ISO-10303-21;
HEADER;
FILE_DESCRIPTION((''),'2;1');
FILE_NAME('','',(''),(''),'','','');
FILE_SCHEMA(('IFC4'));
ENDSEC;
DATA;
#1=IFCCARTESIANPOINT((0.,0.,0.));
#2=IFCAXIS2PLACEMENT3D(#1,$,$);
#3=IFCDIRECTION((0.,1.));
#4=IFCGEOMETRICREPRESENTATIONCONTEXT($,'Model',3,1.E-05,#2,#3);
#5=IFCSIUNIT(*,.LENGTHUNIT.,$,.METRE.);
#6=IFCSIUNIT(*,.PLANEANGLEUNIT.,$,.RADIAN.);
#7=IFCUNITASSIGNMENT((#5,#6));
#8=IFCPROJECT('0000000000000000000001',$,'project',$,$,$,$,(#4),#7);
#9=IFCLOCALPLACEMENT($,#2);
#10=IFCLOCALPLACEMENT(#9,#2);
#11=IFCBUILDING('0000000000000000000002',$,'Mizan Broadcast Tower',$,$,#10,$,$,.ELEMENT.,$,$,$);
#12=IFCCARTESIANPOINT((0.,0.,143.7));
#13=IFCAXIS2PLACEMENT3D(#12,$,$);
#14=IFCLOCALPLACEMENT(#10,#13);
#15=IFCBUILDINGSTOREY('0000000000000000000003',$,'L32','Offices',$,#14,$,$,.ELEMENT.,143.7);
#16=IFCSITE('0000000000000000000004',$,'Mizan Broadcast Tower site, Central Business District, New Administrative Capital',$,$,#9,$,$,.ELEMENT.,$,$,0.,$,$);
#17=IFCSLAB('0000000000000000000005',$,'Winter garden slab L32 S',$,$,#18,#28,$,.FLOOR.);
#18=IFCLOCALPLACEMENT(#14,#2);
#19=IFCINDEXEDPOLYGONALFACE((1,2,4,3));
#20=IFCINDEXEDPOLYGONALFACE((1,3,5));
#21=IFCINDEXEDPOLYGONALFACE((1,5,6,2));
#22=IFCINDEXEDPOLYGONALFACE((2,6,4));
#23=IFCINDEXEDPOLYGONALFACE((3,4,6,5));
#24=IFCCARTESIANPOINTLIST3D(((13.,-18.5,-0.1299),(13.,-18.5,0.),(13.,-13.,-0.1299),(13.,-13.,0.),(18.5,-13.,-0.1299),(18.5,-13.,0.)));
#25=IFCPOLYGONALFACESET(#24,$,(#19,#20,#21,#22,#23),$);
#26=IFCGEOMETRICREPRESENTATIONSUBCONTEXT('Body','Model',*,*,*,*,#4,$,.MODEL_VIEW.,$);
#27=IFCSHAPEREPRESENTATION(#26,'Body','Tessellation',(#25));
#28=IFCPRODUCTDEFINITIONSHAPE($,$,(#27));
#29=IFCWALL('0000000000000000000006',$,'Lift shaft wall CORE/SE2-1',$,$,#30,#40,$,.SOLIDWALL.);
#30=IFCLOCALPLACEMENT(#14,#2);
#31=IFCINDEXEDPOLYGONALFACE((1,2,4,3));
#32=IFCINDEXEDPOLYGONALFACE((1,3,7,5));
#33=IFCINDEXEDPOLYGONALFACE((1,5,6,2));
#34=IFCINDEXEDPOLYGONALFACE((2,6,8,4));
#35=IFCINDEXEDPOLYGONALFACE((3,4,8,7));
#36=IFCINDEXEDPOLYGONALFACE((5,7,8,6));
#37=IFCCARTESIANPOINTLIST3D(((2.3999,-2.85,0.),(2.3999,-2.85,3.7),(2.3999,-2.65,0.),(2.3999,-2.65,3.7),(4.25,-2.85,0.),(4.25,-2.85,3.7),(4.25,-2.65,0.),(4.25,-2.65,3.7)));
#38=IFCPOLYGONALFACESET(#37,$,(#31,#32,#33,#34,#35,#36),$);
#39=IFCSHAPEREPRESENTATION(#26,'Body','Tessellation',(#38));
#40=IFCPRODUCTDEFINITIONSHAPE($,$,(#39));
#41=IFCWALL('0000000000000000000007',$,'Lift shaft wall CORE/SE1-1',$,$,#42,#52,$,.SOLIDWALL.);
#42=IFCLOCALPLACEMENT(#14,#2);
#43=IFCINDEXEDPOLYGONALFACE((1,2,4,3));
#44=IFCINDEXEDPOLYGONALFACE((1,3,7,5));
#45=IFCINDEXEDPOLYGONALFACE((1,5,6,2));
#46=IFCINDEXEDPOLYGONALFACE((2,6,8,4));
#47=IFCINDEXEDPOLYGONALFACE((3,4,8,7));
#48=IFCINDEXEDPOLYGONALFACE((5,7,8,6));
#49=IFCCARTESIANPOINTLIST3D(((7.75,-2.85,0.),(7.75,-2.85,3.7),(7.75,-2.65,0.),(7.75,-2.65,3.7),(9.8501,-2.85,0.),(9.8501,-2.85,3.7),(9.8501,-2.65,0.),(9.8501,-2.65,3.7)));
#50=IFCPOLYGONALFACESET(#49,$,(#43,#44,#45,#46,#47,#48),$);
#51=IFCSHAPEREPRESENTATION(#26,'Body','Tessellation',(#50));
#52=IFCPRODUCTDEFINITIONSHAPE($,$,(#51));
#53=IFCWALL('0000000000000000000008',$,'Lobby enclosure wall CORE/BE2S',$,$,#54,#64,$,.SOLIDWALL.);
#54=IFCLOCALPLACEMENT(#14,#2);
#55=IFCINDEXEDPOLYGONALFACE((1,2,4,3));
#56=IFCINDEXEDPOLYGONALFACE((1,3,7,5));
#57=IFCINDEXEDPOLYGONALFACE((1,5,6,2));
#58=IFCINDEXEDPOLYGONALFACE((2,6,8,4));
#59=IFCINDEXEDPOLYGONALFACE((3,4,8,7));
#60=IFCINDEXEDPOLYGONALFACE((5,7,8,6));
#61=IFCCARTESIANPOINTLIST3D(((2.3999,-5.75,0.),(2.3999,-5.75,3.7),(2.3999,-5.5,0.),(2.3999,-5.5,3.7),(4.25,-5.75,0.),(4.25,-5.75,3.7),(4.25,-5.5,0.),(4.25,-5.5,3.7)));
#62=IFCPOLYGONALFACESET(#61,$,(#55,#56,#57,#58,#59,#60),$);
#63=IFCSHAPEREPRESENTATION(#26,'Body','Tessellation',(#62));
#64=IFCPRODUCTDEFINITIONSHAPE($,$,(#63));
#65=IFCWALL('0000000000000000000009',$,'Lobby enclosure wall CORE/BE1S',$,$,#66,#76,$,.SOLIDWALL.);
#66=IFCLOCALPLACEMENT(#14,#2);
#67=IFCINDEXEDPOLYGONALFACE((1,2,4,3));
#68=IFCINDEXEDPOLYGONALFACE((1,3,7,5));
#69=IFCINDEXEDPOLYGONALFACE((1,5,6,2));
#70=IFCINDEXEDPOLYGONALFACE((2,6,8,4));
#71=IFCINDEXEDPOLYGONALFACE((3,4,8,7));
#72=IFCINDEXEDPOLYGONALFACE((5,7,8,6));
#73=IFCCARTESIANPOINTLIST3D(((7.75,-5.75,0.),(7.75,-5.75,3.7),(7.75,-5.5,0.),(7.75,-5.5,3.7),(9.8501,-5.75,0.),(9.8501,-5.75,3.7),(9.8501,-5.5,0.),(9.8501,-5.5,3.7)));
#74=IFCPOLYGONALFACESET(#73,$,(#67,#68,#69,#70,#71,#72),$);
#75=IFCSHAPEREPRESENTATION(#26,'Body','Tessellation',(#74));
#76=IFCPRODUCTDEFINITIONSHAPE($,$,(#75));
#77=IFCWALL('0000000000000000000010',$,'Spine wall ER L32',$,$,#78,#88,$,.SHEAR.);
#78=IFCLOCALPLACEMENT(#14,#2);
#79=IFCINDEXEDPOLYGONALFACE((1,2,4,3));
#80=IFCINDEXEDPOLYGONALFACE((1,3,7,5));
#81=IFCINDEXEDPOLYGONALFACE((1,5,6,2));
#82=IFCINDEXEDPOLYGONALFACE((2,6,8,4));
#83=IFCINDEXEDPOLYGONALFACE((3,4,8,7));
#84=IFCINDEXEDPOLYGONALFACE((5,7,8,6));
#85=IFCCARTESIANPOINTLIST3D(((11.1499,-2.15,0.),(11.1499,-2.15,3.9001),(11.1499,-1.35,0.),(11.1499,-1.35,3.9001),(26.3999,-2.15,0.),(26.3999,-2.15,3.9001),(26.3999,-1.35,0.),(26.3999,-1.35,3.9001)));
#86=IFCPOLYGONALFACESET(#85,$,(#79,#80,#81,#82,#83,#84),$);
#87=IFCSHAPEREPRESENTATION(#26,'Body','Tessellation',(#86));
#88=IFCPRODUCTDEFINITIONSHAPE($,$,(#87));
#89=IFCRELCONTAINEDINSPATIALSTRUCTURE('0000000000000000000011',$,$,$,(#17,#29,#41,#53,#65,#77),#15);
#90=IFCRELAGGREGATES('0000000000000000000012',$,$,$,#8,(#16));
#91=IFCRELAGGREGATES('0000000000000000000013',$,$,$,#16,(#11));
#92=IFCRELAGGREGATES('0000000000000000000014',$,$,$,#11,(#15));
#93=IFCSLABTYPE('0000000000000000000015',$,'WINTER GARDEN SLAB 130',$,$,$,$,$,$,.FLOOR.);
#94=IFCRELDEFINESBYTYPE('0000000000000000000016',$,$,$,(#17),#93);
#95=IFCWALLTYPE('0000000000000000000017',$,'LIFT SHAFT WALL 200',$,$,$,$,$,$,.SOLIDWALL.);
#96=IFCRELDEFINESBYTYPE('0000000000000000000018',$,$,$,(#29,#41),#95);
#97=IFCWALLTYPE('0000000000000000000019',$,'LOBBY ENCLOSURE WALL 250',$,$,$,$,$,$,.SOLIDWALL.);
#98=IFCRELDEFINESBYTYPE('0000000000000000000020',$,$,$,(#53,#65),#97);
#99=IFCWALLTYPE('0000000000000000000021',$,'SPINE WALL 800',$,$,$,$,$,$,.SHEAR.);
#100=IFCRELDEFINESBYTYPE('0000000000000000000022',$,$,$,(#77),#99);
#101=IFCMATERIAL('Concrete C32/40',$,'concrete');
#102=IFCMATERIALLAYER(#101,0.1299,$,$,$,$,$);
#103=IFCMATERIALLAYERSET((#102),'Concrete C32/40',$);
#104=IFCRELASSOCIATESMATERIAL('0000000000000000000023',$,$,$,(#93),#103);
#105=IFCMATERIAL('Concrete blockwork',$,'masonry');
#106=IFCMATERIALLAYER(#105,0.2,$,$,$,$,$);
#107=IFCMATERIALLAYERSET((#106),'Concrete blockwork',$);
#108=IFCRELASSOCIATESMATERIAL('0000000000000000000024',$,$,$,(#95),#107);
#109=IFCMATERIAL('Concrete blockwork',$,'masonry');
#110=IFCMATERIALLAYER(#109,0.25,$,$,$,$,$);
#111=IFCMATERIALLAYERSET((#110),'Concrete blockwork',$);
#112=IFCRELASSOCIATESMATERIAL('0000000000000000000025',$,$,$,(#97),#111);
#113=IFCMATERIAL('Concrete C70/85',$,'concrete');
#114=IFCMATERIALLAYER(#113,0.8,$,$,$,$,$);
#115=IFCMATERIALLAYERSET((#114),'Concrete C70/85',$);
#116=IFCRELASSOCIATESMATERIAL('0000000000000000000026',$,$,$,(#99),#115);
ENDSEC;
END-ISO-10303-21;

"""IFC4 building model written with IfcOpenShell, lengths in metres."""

from ifc_helpers import new_model, si_unit, direction, frame, frame_2d, origin, place, context, subcontext, project, spatial, polyline, rectangle, outline, extrude, material, layer, layer_set, type_object, element, save


model = new_model("IFC4")

# Units and contexts
model_context = context("Model", 3, precision=1e-05, world=origin(), true_north=direction((0.0, 1.0)))
body_context = subcontext(model_context, "Body", "Model", "MODEL_VIEW")
ifc_project = project(units=[si_unit("LENGTHUNIT", "METRE"), si_unit("PLANEANGLEUNIT", "RADIAN")], contexts=[model_context])

# Site, building, storey
site_placement = place(None, origin())
site = spatial("IfcSite", under=ifc_project, at=site_placement, Name="Mizan Broadcast Tower site, Central Business District, New Administrative Capital", CompositionType="ELEMENT", RefElevation=0.0)
building_placement = place(site_placement, origin())
building = spatial("IfcBuilding", under=site, at=building_placement, Name="Mizan Broadcast Tower", CompositionType="ELEMENT")
storey_placement = place(building_placement, frame((0.0, 0.0, 143.7)))
storey = spatial("IfcBuildingStorey", under=building, at=storey_placement, Name="L32", Description="Offices", CompositionType="ELEMENT", Elevation=143.7)

# Slab
ifc_material_1 = material(Name="Concrete C32/40", Category="concrete")
ifc_layer_1 = layer(ifc_material_1, 0.1299)
ifc_layer_set_1 = layer_set([ifc_layer_1], Name="Concrete C32/40")
slab_type_1 = type_object("IfcSlabType", Name="WINTER GARDEN SLAB 130", PredefinedType="FLOOR", material=ifc_layer_set_1)
slab_1_placement = place(storey_placement, frame((0.0, 0.0, -0.1299)))
element("IfcSlab", 1, at=slab_1_placement, inside=storey, type_object=slab_type_1, Name="Winter garden slab L32 S", PredefinedType="FLOOR", context=body_context, shape_type="SweptSolid", body=[
    extrude(outline(polyline([(13.0, -13.0), (13.0, -18.5), (18.5, -13.0), (13.0, -13.0)])), origin(), (0.0, 0.0, 1.0), 0.1299),
])

# Walls
ifc_material_2 = material(Name="Concrete blockwork", Category="masonry")
ifc_layer_2 = layer(ifc_material_2, 0.2)
ifc_layer_set_2 = layer_set([ifc_layer_2], Name="Concrete blockwork")
wall_type_1 = type_object("IfcWallType", Name="LIFT SHAFT WALL 200", PredefinedType="SOLIDWALL", material=ifc_layer_set_2)
wall_1_placement = place(storey_placement, frame((2.3999, -2.75, 0.0), z_axis=(0.0, 0.0, 1.0), x_axis=(1.0, 0.0, 0.0)))
element("IfcWall", 2, at=wall_1_placement, inside=storey, type_object=wall_type_1, Name="Lift shaft wall CORE/SE2-1", PredefinedType="SOLIDWALL", context=body_context, shape_type="SweptSolid", body=[
    extrude(rectangle(XDim=1.8501, YDim=0.2, at=frame_2d((0.925, 0.0))), origin(), (0.0, 0.0, 1.0), 3.7),
])
wall_2_placement = place(storey_placement, frame((7.75, -2.75, 0.0), z_axis=(0.0, 0.0, 1.0), x_axis=(1.0, 0.0, 0.0)))
element("IfcWall", 3, at=wall_2_placement, inside=storey, type_object=wall_type_1, Name="Lift shaft wall CORE/SE1-1", PredefinedType="SOLIDWALL", context=body_context, shape_type="SweptSolid", body=[
    extrude(rectangle(XDim=2.1001, YDim=0.2, at=frame_2d((1.05, 0.0))), origin(), (0.0, 0.0, 1.0), 3.7),
])
ifc_material_3 = material(Name="Concrete blockwork", Category="masonry")
ifc_layer_3 = layer(ifc_material_3, 0.25)
ifc_layer_set_3 = layer_set([ifc_layer_3], Name="Concrete blockwork")
wall_type_2 = type_object("IfcWallType", Name="LOBBY ENCLOSURE WALL 250", PredefinedType="SOLIDWALL", material=ifc_layer_set_3)
wall_3_placement = place(storey_placement, frame((2.3999, -5.625, 0.0), z_axis=(0.0, 0.0, 1.0), x_axis=(1.0, 0.0, 0.0)))
element("IfcWall", 4, at=wall_3_placement, inside=storey, type_object=wall_type_2, Name="Lobby enclosure wall CORE/BE2S", PredefinedType="SOLIDWALL", context=body_context, shape_type="SweptSolid", body=[
    extrude(rectangle(XDim=1.8501, YDim=0.25, at=frame_2d((0.925, 0.0))), origin(), (0.0, 0.0, 1.0), 3.7),
])
wall_4_placement = place(storey_placement, frame((7.75, -5.625, 0.0), z_axis=(0.0, 0.0, 1.0), x_axis=(1.0, 0.0, 0.0)))
element("IfcWall", 5, at=wall_4_placement, inside=storey, type_object=wall_type_2, Name="Lobby enclosure wall CORE/BE1S", PredefinedType="SOLIDWALL", context=body_context, shape_type="SweptSolid", body=[
    extrude(rectangle(XDim=2.1001, YDim=0.25, at=frame_2d((1.05, 0.0))), origin(), (0.0, 0.0, 1.0), 3.7),
])
ifc_material_4 = material(Name="Concrete C70/85", Category="concrete")
ifc_layer_4 = layer(ifc_material_4, 0.8)
ifc_layer_set_4 = layer_set([ifc_layer_4], Name="Concrete C70/85")
wall_type_3 = type_object("IfcWallType", Name="SPINE WALL 800", PredefinedType="SHEAR", material=ifc_layer_set_4)
wall_5_placement = place(storey_placement, frame((11.1499, -1.75, 0.0), z_axis=(0.0, 0.0, 1.0), x_axis=(1.0, 0.0, 0.0)))
element("IfcWall", 6, at=wall_5_placement, inside=storey, type_object=wall_type_3, Name="Spine wall ER L32", PredefinedType="SHEAR", context=body_context, shape_type="SweptSolid", body=[
    extrude(rectangle(XDim=15.25, YDim=0.8, at=frame_2d((7.625, 0.0))), origin(), (0.0, 0.0, 1.0), 3.9001),
])

save(model, "model.ifc")
